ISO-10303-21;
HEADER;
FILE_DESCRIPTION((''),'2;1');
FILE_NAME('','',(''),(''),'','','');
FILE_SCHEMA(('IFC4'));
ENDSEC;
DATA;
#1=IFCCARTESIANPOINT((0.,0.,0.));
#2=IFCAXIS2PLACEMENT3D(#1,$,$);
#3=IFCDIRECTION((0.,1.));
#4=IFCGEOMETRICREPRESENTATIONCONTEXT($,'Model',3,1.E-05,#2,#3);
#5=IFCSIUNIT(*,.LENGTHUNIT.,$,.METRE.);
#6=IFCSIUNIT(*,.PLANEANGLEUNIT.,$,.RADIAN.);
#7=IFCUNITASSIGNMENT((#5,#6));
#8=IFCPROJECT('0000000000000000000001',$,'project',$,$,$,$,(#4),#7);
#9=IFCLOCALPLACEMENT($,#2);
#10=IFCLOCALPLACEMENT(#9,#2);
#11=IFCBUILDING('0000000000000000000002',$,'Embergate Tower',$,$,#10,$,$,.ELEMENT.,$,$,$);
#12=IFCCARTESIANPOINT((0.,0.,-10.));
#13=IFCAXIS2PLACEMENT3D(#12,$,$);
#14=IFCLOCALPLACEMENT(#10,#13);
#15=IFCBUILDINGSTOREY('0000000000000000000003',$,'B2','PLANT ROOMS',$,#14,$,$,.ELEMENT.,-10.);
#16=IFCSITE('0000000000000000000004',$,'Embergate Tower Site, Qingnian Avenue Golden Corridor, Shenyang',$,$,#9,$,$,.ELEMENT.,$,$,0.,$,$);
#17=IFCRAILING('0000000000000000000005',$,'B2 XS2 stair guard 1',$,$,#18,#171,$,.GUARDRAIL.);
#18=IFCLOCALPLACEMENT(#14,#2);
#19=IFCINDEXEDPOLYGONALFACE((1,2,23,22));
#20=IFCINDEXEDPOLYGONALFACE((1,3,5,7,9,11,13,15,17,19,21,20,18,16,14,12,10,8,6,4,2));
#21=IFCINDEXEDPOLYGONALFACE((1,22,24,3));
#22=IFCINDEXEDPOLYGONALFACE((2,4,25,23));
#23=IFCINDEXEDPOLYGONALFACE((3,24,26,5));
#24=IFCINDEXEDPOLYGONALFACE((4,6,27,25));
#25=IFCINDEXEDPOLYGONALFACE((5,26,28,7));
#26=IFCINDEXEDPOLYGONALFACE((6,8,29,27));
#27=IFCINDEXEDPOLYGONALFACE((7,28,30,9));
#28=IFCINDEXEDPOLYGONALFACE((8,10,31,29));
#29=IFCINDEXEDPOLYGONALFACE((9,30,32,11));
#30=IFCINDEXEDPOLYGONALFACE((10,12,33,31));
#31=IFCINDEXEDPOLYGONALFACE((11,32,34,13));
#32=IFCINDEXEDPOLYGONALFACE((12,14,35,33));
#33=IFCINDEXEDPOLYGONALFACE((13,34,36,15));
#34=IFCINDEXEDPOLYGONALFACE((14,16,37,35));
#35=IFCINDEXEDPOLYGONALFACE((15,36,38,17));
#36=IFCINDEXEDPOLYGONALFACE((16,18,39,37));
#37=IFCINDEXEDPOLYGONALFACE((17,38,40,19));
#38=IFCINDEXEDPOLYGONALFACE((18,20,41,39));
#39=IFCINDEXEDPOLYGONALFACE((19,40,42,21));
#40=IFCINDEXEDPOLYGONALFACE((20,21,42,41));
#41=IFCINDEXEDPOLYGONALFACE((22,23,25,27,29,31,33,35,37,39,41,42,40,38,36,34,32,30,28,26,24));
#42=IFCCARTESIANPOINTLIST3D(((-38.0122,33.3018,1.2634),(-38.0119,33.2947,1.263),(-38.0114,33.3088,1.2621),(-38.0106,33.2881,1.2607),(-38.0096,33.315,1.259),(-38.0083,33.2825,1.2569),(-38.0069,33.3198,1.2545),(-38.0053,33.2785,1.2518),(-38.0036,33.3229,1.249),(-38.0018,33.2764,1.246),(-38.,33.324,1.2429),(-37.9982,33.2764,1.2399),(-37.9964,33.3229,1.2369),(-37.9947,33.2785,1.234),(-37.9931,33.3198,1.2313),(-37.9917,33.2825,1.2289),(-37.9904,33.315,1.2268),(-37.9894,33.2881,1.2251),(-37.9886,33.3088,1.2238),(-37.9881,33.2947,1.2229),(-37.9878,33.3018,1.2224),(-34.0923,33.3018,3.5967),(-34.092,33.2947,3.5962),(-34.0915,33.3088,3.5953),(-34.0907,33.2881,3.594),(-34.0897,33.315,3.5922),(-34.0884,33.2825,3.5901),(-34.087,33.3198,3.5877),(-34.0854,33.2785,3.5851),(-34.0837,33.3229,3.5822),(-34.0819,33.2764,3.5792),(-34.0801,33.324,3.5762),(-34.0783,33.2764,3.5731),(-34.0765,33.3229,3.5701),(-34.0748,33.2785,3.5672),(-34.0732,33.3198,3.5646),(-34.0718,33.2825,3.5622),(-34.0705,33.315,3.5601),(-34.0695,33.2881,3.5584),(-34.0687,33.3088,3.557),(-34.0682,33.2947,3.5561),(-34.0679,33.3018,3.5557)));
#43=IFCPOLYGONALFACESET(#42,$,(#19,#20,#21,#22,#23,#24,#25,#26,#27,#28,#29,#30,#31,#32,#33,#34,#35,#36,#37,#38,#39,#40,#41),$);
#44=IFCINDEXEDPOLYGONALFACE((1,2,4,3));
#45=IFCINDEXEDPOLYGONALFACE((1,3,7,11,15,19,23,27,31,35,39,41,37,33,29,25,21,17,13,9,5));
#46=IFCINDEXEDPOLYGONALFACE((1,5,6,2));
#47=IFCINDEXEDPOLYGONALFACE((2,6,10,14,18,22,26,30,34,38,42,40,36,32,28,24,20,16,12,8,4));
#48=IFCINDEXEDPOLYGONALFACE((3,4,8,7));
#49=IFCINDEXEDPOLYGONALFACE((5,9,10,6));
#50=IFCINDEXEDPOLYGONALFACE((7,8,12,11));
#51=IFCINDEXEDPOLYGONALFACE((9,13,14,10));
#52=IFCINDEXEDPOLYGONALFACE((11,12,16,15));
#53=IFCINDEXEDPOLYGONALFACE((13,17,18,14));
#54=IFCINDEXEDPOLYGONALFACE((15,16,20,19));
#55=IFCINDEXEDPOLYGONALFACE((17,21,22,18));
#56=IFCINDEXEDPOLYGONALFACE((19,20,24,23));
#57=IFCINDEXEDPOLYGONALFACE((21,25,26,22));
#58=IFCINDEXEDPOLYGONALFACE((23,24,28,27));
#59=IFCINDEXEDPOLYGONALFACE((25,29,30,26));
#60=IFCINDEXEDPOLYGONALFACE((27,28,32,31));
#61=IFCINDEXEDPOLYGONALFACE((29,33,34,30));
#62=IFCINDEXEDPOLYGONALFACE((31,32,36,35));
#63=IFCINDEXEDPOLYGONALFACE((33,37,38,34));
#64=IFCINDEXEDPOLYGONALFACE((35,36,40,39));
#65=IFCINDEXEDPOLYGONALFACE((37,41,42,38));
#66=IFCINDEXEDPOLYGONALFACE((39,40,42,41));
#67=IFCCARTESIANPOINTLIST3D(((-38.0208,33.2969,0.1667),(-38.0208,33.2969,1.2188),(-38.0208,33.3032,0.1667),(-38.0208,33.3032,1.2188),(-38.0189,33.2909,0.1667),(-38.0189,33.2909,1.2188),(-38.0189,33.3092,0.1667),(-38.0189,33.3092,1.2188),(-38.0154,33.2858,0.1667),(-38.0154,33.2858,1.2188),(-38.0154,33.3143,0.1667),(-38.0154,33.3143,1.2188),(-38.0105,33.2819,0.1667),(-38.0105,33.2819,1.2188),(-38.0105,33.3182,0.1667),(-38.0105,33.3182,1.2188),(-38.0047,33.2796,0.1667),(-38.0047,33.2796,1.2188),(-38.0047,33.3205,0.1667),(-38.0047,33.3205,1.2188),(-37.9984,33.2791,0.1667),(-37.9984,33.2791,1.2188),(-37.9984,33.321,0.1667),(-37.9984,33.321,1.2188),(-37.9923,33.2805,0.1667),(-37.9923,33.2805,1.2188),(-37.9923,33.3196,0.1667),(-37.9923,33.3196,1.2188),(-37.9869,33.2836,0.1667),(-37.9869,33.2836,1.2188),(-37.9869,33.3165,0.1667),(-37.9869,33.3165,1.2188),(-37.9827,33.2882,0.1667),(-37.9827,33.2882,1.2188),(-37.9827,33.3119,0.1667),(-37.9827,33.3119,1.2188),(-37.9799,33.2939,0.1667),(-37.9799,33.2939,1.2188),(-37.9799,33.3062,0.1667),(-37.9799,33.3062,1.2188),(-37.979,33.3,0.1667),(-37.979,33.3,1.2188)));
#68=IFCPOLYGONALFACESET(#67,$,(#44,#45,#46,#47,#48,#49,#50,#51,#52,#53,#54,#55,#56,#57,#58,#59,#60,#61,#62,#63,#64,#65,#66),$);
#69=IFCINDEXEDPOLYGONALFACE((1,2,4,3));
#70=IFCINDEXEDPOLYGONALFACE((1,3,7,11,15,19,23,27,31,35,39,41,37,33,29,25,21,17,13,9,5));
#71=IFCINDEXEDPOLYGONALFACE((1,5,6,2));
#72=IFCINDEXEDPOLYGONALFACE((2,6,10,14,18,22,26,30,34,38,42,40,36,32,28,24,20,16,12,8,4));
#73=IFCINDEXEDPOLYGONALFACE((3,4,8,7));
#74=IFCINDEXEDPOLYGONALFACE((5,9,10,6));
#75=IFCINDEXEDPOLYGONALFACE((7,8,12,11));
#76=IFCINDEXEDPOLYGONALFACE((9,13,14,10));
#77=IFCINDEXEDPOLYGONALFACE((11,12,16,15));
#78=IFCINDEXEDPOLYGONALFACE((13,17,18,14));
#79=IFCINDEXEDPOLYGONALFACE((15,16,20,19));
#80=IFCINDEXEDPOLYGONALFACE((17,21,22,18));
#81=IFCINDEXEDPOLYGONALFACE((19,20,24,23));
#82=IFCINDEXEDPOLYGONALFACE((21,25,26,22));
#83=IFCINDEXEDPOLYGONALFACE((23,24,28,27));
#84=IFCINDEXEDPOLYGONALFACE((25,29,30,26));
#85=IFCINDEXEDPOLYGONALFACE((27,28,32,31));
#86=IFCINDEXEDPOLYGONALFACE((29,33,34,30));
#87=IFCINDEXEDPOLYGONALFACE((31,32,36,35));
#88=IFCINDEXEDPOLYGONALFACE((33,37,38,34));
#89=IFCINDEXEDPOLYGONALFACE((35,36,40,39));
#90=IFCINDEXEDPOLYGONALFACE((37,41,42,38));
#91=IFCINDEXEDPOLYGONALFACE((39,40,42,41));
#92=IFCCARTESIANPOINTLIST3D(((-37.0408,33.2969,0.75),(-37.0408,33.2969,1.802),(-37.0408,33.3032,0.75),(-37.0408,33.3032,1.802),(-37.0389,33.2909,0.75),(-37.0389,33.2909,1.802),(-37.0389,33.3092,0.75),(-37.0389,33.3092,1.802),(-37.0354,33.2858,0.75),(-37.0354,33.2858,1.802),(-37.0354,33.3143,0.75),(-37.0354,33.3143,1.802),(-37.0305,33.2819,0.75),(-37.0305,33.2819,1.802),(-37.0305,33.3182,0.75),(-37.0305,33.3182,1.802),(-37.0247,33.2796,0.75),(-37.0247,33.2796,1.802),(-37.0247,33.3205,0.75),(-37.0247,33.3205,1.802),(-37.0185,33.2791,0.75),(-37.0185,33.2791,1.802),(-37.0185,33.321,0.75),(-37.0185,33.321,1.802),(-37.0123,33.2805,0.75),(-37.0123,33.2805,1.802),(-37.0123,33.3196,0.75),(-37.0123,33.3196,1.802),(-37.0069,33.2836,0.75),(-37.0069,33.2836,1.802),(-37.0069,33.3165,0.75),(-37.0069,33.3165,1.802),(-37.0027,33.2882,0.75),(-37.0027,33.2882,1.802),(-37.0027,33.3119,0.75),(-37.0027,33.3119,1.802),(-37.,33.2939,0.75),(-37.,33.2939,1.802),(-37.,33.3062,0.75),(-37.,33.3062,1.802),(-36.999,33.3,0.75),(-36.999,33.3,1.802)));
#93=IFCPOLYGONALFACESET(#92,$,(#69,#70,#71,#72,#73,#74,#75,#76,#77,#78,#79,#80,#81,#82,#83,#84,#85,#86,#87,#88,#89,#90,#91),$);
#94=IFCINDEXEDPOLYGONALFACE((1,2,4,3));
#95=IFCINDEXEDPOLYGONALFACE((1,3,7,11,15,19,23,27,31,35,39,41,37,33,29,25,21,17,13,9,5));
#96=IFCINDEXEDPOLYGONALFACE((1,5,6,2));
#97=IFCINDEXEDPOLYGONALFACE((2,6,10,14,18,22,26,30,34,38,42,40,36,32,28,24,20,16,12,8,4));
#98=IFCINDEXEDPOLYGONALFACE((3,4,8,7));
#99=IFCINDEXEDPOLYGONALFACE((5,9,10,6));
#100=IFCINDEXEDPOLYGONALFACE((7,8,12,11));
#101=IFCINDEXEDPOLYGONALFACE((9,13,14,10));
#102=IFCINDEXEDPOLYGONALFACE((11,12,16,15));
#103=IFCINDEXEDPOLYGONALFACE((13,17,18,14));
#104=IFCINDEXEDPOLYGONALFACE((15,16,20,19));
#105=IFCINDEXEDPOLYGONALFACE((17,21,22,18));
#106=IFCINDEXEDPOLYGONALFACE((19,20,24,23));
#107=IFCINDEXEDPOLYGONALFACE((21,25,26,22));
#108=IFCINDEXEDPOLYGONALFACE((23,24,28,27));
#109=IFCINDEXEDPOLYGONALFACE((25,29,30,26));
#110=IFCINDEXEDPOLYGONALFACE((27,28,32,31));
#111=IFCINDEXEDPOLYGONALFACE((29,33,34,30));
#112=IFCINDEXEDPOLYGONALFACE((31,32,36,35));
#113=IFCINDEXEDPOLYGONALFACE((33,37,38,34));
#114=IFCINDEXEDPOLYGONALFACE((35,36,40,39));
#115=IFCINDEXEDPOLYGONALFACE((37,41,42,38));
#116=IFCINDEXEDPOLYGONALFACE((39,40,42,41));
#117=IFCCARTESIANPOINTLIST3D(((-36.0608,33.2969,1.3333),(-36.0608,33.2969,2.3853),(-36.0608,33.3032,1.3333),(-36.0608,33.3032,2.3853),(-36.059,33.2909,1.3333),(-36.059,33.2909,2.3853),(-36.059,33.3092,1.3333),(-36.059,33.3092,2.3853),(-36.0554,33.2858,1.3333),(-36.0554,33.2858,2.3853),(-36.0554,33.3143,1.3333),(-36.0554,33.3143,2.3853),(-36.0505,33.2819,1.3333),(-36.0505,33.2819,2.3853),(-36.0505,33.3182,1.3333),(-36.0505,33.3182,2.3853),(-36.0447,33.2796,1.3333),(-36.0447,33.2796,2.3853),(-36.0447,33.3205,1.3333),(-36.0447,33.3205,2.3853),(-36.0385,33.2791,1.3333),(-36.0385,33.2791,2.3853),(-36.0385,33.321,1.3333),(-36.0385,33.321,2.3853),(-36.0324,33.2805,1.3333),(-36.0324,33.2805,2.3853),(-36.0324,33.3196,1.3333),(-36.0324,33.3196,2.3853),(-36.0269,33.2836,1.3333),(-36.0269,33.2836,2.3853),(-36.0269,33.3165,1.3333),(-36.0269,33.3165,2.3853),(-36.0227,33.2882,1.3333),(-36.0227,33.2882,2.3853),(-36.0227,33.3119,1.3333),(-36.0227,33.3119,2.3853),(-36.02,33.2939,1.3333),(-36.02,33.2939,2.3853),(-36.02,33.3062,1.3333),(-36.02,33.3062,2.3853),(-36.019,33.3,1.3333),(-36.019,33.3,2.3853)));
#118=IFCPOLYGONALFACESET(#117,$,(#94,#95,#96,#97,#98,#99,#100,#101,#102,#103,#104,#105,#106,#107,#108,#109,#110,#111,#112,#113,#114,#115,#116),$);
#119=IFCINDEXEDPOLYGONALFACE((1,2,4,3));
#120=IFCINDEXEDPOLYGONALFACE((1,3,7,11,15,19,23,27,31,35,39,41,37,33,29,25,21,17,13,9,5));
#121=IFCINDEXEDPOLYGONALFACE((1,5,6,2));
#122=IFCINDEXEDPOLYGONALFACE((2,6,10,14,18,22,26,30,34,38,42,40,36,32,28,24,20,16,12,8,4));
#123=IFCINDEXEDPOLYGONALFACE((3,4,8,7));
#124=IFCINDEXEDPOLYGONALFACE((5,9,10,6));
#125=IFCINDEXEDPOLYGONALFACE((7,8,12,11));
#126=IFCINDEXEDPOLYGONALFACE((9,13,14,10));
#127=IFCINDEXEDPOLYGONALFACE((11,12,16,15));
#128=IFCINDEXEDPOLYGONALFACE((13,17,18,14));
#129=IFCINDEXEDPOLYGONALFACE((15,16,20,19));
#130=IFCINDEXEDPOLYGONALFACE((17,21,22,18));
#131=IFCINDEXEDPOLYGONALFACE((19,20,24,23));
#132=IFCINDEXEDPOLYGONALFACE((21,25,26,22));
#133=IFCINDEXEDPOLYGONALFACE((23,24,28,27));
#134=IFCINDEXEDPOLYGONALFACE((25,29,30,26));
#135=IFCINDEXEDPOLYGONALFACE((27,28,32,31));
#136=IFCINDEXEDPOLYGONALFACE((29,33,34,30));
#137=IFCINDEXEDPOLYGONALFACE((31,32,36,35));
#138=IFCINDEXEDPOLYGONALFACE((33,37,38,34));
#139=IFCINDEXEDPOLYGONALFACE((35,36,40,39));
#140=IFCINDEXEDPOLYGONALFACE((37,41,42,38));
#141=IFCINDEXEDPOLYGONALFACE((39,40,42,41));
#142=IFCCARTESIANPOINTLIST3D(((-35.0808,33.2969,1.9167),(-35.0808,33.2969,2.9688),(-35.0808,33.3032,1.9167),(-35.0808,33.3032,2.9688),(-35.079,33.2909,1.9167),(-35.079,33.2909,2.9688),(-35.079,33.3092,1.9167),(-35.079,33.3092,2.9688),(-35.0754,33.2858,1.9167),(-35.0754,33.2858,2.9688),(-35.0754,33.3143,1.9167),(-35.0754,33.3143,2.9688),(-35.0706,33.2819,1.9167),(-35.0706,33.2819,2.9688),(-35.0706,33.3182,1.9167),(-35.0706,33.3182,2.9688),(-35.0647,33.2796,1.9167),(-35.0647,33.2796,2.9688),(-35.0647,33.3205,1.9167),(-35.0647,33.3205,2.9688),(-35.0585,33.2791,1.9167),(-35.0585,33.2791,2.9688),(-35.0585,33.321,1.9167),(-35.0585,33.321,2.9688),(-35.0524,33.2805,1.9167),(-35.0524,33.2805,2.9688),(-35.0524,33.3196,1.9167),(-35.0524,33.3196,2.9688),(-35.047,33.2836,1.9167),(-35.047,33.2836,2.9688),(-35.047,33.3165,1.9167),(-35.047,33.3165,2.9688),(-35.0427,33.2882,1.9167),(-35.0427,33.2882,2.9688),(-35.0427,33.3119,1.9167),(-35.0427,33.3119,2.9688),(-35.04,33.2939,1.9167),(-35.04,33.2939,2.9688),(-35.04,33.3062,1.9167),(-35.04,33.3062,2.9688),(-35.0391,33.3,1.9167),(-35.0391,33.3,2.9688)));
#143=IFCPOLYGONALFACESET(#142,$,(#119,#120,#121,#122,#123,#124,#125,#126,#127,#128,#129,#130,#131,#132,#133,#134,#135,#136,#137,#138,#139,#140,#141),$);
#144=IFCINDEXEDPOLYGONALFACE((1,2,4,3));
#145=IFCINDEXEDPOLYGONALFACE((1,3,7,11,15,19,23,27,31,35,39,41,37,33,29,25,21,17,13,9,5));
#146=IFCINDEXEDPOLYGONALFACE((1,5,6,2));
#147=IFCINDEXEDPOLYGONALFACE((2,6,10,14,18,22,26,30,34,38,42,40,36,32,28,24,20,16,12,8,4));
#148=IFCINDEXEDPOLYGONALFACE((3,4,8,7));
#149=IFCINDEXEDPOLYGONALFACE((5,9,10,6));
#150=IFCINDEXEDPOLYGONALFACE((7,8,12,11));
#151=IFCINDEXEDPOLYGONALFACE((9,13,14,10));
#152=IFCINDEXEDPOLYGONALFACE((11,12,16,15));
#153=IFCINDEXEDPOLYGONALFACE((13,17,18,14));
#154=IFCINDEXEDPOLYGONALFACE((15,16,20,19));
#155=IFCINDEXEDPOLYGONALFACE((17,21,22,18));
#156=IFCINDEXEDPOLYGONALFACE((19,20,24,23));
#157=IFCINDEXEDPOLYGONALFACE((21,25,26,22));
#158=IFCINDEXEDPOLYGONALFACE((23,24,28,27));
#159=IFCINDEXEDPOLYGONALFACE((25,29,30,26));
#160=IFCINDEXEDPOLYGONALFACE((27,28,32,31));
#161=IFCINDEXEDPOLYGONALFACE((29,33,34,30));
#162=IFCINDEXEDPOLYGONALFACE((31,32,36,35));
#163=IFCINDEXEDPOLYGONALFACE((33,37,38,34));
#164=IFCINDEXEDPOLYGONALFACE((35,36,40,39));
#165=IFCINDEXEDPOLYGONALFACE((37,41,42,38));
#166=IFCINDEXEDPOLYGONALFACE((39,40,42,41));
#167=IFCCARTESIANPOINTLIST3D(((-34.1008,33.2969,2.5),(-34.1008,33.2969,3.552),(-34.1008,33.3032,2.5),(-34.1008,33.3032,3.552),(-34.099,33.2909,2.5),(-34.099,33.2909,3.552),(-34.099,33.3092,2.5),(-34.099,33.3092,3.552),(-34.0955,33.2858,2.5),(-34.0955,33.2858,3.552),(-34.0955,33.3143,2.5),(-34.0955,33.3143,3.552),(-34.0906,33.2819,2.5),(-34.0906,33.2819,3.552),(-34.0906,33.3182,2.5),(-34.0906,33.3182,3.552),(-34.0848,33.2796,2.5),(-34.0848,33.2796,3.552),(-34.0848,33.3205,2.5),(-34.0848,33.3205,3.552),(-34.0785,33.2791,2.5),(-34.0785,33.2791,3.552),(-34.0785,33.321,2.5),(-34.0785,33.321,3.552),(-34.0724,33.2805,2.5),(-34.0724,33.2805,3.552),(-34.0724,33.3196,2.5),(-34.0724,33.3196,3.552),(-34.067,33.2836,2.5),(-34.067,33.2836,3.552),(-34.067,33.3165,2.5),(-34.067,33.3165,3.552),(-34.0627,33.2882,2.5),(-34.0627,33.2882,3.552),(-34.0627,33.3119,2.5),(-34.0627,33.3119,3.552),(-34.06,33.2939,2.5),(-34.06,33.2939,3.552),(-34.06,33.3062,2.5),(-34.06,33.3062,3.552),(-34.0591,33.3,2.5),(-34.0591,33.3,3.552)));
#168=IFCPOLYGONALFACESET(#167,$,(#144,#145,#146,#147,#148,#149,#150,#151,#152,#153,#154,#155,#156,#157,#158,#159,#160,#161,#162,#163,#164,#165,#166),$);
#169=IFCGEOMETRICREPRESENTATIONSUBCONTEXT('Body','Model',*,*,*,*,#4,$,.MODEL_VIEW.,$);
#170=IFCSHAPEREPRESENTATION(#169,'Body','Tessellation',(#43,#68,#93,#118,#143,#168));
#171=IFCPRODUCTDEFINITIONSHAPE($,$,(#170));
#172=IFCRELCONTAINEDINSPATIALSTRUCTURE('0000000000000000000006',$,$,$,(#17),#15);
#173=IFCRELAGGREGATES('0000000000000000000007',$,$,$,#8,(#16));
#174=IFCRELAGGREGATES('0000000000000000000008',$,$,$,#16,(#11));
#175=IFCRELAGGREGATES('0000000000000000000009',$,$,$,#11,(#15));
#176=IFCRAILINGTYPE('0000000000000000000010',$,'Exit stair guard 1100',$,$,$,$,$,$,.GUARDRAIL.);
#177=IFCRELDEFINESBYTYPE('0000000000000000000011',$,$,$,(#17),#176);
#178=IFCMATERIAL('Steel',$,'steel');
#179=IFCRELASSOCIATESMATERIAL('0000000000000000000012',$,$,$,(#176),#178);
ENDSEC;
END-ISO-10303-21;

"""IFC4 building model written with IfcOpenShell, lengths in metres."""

from ifc_helpers import new_model, si_unit, direction, frame, origin, origin_2d, place, context, subcontext, project, spatial, circle, extrude, source, transform, mapped, material, type_object, element, save


model = new_model("IFC4")

# Units and contexts
model_context = context("Model", 3, precision=1e-05, world=origin(), true_north=direction((0.0, 1.0)))
body_context = subcontext(model_context, "Body", "Model", "MODEL_VIEW")
ifc_project = project(units=[si_unit("LENGTHUNIT", "METRE"), si_unit("PLANEANGLEUNIT", "RADIAN")], contexts=[model_context])

# Site, building, storey
site_placement = place(None, origin())
site = spatial("IfcSite", under=ifc_project, at=site_placement, Name="Embergate Tower Site, Qingnian Avenue Golden Corridor, Shenyang", CompositionType="ELEMENT", RefElevation=0.0)
building_placement = place(site_placement, origin())
building = spatial("IfcBuilding", under=site, at=building_placement, Name="Embergate Tower", CompositionType="ELEMENT")
storey_placement = place(building_placement, frame((0.0, 0.0, -10.0)))
storey = spatial("IfcBuildingStorey", under=building, at=storey_placement, Name="B2", Description="PLANT ROOMS", CompositionType="ELEMENT", Elevation=-10.0)

# Railing
ifc_material_1 = material(Name="Steel", Category="steel")
railing_type_1 = type_object("IfcRailingType", Name="Exit stair guard 1100", PredefinedType="GUARDRAIL", material=ifc_material_1)
shared_shape_1 = source(origin(), body_context, "Body", "SweptSolid", [
    extrude(circle(Radius=0.0239, at=origin_2d()), frame((0.0, 0.0, 1.0762), z_axis=(0.859296, 0.0, 0.511478), x_axis=(0.0, 1.0, 0.0)), (0.0, 0.0, 1.0), 4.5618),
    extrude(circle(Radius=0.021, at=origin_2d()), origin(), (0.0, 0.0, 1.0), 1.052),
    extrude(circle(Radius=0.021, at=origin_2d()), frame((0.98, 0.0, 0.5833)), (0.0, 0.0, 1.0), 1.052),
    extrude(circle(Radius=0.021, at=origin_2d()), frame((1.96, 0.0, 1.1665)), (0.0, 0.0, 1.0), 1.052),
    extrude(circle(Radius=0.021, at=origin_2d()), frame((2.9399, 0.0, 1.75)), (0.0, 0.0, 1.0), 1.052),
    extrude(circle(Radius=0.021, at=origin_2d()), frame((3.9199, 0.0, 2.3333)), (0.0, 0.0, 1.0), 1.052),
])
railing_1_placement = place(storey_placement, frame((-38.0, 33.3, 0.1667)))
element("IfcRailing", 1, at=railing_1_placement, inside=storey, type_object=railing_type_1, Name="B2 XS2 stair guard 1", PredefinedType="GUARDRAIL", context=body_context, shape_type="MappedRepresentation", body=[
    mapped(shared_shape_1, transform((0.0, 0.0, 0.0))),
])

save(model, "model.ifc")
